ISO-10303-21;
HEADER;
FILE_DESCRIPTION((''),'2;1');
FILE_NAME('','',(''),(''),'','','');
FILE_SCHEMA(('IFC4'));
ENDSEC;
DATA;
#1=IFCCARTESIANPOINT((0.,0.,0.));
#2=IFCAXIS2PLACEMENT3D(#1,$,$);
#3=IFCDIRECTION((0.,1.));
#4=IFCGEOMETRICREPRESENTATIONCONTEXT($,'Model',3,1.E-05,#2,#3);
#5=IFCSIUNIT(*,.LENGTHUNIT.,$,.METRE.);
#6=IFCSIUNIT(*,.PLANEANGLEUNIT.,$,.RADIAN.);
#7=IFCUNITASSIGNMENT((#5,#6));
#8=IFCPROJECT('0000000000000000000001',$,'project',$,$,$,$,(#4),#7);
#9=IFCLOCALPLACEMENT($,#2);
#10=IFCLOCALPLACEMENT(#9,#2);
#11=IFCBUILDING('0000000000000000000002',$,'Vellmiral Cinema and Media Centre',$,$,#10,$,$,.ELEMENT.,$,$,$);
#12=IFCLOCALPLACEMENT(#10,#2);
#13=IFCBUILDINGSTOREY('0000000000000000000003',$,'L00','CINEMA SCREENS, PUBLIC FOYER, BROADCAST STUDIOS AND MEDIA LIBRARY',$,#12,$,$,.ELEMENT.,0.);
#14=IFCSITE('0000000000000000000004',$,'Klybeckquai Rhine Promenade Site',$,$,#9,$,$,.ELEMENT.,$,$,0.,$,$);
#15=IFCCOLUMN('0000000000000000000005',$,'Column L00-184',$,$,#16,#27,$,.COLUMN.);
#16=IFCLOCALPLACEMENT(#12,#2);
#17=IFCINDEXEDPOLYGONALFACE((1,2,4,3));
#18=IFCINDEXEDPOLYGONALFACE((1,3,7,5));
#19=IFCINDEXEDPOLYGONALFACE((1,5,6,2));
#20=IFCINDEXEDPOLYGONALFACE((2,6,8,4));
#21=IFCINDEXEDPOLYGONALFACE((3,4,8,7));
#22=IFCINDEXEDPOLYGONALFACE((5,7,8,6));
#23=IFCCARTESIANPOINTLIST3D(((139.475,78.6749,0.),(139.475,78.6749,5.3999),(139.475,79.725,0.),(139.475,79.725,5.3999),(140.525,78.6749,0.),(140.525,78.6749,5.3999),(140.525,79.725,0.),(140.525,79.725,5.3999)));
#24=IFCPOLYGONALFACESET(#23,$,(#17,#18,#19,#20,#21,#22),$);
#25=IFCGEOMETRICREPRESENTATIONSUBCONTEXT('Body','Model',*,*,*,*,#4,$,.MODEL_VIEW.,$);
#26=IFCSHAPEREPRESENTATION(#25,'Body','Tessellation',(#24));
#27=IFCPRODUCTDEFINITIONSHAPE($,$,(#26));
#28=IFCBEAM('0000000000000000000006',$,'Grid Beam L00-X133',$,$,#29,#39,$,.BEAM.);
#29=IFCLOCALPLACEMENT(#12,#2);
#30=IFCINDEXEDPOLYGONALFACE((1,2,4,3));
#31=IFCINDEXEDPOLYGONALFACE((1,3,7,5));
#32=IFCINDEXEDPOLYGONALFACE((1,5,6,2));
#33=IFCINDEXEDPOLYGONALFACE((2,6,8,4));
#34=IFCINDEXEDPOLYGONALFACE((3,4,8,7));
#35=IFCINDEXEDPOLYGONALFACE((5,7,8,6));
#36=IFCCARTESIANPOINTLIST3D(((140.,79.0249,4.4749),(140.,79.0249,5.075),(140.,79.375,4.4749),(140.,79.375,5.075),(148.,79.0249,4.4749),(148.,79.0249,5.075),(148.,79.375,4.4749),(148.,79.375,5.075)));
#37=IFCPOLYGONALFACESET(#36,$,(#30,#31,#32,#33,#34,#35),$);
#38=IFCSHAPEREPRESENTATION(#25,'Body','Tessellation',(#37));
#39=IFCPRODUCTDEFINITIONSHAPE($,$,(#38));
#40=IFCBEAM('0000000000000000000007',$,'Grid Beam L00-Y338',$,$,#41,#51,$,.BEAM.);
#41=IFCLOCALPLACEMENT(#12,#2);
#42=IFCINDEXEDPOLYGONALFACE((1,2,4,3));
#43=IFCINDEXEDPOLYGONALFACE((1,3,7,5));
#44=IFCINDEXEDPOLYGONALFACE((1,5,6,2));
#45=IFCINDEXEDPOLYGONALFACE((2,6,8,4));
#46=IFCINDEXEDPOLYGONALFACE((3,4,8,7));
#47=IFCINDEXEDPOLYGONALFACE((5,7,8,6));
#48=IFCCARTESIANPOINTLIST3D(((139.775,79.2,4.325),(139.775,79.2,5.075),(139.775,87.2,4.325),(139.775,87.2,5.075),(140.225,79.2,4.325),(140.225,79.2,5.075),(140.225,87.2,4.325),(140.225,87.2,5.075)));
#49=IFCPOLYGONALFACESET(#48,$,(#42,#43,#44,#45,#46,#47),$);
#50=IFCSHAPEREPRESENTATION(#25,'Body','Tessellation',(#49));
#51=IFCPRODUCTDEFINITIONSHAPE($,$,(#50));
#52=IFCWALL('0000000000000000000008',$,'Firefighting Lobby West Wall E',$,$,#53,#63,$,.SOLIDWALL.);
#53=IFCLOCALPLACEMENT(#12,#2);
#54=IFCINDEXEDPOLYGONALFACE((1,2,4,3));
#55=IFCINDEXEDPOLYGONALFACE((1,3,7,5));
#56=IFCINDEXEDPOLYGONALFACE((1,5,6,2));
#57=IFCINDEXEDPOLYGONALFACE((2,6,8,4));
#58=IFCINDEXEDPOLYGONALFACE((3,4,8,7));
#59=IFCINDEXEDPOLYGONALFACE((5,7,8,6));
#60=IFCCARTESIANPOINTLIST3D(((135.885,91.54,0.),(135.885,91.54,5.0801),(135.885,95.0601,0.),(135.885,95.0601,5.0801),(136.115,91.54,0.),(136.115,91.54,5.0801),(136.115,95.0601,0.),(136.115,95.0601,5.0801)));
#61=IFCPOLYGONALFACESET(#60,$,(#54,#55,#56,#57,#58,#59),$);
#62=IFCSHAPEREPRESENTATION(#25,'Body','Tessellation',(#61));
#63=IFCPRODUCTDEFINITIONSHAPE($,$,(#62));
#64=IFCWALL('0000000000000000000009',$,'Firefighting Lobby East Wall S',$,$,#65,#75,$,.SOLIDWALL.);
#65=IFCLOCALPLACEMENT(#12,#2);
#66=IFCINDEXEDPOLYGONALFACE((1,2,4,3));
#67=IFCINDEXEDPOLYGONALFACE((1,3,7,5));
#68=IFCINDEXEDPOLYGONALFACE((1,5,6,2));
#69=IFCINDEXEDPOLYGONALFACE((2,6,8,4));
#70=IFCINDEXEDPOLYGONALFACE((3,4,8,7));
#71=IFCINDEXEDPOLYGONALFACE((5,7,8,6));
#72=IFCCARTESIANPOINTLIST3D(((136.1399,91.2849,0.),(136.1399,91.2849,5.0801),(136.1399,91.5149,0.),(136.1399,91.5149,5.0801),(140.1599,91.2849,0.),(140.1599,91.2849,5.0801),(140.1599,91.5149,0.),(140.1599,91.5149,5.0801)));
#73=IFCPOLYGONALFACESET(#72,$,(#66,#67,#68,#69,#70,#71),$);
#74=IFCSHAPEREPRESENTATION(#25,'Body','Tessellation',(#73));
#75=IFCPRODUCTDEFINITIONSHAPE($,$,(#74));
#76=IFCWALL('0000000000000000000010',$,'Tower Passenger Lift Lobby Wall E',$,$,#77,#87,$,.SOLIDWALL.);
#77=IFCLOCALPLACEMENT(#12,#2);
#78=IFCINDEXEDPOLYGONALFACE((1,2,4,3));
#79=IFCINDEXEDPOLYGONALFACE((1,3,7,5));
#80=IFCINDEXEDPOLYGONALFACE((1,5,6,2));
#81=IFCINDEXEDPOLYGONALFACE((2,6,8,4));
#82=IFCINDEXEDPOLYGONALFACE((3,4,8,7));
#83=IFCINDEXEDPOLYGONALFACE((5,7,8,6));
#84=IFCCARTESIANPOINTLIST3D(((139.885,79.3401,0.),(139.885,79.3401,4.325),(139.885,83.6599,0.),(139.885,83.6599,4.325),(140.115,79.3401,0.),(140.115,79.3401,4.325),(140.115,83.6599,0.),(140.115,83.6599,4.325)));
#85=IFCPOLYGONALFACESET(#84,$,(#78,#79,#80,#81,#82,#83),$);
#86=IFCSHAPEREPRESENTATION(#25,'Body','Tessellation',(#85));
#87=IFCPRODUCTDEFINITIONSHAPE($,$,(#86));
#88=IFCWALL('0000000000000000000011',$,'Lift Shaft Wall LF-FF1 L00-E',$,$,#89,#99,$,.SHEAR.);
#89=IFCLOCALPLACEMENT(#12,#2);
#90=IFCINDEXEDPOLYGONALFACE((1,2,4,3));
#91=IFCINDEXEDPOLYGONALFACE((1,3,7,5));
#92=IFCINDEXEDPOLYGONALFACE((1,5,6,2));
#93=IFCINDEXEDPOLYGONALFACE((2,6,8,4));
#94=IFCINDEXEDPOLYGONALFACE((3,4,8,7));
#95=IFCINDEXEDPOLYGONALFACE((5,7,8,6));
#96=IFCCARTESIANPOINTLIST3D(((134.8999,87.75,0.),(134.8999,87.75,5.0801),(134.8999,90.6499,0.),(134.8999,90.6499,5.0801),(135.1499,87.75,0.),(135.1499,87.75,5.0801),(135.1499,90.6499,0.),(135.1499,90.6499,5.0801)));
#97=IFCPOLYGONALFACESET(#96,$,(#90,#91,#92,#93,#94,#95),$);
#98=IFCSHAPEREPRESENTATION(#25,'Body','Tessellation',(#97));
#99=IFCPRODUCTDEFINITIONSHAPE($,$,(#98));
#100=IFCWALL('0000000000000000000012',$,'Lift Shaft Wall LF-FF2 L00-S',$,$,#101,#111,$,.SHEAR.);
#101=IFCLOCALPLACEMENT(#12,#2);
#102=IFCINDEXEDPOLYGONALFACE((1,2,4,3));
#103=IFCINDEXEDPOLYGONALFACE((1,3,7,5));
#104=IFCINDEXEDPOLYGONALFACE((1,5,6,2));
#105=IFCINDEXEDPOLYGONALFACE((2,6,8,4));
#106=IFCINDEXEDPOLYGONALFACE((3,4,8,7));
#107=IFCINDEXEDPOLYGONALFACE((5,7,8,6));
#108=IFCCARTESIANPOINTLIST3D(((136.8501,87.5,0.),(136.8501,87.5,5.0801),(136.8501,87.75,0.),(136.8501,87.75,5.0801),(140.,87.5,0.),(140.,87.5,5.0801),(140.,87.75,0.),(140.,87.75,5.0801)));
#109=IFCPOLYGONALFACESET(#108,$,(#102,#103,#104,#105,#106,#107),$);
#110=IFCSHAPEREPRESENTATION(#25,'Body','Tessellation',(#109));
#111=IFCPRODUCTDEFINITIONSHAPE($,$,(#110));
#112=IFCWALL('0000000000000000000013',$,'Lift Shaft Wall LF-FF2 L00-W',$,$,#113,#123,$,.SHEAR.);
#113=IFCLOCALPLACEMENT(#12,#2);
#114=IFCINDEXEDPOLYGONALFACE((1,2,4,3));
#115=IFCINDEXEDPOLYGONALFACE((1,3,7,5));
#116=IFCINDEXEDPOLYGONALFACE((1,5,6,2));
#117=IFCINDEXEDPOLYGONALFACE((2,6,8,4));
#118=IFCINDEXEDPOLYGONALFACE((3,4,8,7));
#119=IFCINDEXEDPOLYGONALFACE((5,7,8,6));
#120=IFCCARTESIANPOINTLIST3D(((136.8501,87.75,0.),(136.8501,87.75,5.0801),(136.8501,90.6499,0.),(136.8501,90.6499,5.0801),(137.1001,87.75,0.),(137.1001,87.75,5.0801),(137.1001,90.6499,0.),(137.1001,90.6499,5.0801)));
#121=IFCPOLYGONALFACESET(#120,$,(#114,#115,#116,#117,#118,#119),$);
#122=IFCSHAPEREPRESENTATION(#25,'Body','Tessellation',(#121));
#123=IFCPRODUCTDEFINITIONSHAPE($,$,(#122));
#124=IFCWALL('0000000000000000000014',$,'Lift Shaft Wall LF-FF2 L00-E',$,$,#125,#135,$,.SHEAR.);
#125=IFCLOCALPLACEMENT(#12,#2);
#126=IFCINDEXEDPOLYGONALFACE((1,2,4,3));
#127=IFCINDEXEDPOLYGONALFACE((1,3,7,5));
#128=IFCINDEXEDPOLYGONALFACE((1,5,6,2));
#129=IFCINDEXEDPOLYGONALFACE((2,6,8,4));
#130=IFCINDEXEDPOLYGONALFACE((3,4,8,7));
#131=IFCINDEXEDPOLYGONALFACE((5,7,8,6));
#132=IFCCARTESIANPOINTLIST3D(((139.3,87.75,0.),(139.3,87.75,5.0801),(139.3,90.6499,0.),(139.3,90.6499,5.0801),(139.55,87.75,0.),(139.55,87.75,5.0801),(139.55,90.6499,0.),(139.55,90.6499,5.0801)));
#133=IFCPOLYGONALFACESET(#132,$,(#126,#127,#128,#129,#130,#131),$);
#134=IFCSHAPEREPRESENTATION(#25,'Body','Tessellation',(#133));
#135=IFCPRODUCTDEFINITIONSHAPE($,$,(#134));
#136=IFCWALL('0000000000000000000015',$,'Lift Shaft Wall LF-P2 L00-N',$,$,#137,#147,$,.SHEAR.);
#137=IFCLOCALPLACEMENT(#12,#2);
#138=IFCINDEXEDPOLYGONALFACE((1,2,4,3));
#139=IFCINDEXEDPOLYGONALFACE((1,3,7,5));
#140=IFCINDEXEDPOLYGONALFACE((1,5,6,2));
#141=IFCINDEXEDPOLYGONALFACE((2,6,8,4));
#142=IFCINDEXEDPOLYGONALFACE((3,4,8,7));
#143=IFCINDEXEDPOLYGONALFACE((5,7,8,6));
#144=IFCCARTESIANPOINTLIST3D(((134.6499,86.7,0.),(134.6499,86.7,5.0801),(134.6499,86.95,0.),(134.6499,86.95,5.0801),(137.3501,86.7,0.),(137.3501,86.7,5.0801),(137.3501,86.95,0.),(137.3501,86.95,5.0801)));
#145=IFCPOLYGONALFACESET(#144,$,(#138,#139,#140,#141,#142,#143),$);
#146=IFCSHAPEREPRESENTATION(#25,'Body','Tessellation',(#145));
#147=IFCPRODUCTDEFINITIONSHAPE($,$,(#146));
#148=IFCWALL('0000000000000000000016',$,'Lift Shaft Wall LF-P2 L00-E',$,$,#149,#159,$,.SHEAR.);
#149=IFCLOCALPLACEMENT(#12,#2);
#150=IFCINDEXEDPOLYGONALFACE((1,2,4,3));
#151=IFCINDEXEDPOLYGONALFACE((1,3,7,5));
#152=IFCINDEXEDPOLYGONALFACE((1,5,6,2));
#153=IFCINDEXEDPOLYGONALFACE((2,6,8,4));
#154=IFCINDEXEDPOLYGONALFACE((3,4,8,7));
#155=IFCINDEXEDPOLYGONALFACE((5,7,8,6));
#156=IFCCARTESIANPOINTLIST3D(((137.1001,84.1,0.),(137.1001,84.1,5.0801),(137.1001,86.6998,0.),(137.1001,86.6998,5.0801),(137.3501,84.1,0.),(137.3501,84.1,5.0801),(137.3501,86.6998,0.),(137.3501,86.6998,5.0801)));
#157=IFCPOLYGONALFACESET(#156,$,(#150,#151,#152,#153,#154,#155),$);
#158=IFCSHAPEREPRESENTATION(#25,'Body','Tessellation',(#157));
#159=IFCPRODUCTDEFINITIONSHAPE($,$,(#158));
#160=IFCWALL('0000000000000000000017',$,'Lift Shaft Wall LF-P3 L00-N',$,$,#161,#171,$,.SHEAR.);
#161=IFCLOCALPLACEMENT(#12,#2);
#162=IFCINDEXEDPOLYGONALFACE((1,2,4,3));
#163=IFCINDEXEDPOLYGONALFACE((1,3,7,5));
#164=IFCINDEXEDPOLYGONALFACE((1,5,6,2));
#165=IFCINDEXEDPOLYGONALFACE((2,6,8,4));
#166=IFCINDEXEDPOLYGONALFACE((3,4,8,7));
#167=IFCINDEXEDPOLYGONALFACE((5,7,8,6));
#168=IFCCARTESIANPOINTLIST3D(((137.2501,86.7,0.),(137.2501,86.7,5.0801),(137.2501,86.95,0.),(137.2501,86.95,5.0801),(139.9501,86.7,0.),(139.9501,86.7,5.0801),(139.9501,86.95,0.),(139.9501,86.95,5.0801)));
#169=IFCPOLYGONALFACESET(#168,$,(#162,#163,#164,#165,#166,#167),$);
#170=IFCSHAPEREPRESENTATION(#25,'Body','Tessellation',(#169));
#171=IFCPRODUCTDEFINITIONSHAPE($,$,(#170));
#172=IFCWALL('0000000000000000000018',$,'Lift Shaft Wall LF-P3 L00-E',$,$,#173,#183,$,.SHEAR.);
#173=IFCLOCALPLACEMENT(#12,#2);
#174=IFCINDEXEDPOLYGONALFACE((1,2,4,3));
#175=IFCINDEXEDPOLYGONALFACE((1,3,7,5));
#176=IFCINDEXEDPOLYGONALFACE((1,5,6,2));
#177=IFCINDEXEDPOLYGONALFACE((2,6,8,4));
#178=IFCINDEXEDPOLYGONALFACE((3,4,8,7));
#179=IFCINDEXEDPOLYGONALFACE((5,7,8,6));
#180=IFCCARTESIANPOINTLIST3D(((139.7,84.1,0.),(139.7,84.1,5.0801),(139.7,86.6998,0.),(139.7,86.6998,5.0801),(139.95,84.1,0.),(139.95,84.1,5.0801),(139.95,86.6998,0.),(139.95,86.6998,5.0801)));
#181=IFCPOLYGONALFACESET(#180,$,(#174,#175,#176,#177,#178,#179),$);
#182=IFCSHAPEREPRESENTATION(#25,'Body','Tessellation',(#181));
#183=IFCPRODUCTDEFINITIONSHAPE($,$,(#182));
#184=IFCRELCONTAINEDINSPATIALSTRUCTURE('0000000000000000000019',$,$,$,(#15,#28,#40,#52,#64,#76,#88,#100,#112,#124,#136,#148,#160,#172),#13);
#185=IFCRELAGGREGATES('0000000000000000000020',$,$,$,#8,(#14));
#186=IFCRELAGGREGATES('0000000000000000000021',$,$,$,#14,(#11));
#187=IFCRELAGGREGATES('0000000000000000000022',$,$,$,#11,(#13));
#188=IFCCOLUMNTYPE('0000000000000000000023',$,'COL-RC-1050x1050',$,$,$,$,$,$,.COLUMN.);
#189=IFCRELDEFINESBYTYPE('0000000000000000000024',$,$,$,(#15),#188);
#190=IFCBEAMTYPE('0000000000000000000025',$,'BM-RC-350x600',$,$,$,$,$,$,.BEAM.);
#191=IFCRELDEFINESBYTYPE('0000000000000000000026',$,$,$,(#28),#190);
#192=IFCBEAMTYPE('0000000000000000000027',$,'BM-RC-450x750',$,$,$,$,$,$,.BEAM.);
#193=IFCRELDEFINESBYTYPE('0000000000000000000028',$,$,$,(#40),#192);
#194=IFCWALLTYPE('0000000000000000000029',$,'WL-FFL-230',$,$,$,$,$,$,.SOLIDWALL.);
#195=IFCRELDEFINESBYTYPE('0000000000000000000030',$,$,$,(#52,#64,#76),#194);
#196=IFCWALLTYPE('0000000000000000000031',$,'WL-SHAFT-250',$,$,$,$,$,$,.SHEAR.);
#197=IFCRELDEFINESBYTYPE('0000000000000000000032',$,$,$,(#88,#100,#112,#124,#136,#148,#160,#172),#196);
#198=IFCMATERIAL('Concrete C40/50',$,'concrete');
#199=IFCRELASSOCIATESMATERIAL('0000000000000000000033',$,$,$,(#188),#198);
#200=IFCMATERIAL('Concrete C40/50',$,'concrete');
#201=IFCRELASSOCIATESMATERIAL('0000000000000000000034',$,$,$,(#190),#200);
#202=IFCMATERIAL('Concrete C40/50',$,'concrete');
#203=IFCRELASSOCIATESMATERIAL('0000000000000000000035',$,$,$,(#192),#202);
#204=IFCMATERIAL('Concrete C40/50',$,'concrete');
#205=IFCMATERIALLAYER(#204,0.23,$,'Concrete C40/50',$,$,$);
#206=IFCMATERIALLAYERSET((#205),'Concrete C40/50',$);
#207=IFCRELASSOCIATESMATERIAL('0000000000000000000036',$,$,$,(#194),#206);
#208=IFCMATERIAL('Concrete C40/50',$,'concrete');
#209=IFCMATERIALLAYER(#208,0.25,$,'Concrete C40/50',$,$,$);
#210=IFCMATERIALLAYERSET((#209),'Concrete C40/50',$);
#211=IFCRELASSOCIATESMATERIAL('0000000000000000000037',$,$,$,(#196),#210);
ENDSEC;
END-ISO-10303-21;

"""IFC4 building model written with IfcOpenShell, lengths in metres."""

from ifc_helpers import new_model, si_unit, direction, frame, frame_2d, origin, origin_2d, place, context, subcontext, project, spatial, rectangle, extrude, material, layer, layer_set, material_profile, profile_set, type_object, element, save


model = new_model("IFC4")

# Units and contexts
model_context = context("Model", 3, precision=1e-05, world=origin(), true_north=direction((0.0, 1.0)))
body_context = subcontext(model_context, "Body", "Model", "MODEL_VIEW")
ifc_project = project(units=[si_unit("LENGTHUNIT", "METRE"), si_unit("PLANEANGLEUNIT", "RADIAN")], contexts=[model_context])

# Site, building, storey
site_placement = place(None, origin())
site = spatial("IfcSite", under=ifc_project, at=site_placement, Name="Klybeckquai Rhine Promenade Site", CompositionType="ELEMENT", RefElevation=0.0)
building_placement = place(site_placement, origin())
building = spatial("IfcBuilding", under=site, at=building_placement, Name="Vellmiral Cinema and Media Centre", CompositionType="ELEMENT")
storey_placement = place(building_placement, origin())
storey = spatial("IfcBuildingStorey", under=building, at=storey_placement, Name="L00", Description="CINEMA SCREENS, PUBLIC FOYER, BROADCAST STUDIOS AND MEDIA LIBRARY", CompositionType="ELEMENT", Elevation=0.0)

# Column
ifc_material_1 = material(Name="Concrete C40/50", Category="concrete")
ifc_material_profile_1 = material_profile(ifc_material_1, rectangle(XDim=1.05, YDim=1.05, at=origin_2d()), Name="RC 1050x1050")
ifc_profile_set_1 = profile_set([ifc_material_profile_1], Name="Concrete C40/50")
column_type = type_object("IfcColumnType", Name="COL-RC-1050x1050", PredefinedType="COLUMN", material=ifc_profile_set_1)
column_placement = place(storey_placement, frame((140.0, 79.2, 0.0), z_axis=(0.0, 0.0, 1.0), x_axis=(1.0, 0.0, 0.0)))
element("IfcColumn", 1, at=column_placement, inside=storey, type_object=column_type, Name="Column L00-184", PredefinedType="COLUMN", context=body_context, shape_type="SweptSolid", body=[
    extrude(rectangle(XDim=1.05, YDim=1.05, at=origin_2d()), origin(), (0.0, 0.0, 1.0), 5.3999),
])

# Beams
ifc_material_2 = material(Name="Concrete C40/50", Category="concrete")
ifc_material_profile_2 = material_profile(ifc_material_2, rectangle(XDim=0.3501, YDim=0.6001, at=origin_2d()), Name="RC 350x600")
ifc_profile_set_2 = profile_set([ifc_material_profile_2], Name="Concrete C40/50")
beam_type_1 = type_object("IfcBeamType", Name="BM-RC-350x600", PredefinedType="BEAM", material=ifc_profile_set_2)
beam_1_placement = place(storey_placement, frame((140.0, 79.2, 4.7749), z_axis=(1.0, 0.0, 0.0), x_axis=(0.0, 1.0, 0.0)))
element("IfcBeam", 2, at=beam_1_placement, inside=storey, type_object=beam_type_1, Name="Grid Beam L00-X133", PredefinedType="BEAM", context=body_context, shape_type="SweptSolid", body=[
    extrude(rectangle(XDim=0.3501, YDim=0.6001, at=origin_2d()), origin(), (0.0, 0.0, 1.0), 8.0),
])
ifc_material_3 = material(Name="Concrete C40/50", Category="concrete")
ifc_material_profile_3 = material_profile(ifc_material_3, rectangle(XDim=0.45, YDim=0.75, at=origin_2d()), Name="RC 450x750")
ifc_profile_set_3 = profile_set([ifc_material_profile_3], Name="Concrete C40/50")
beam_type_2 = type_object("IfcBeamType", Name="BM-RC-450x750", PredefinedType="BEAM", material=ifc_profile_set_3)
beam_2_placement = place(storey_placement, frame((140.0, 79.2, 4.7), z_axis=(0.0, 1.0, 0.0), x_axis=(-1.0, 0.0, 0.0)))
element("IfcBeam", 3, at=beam_2_placement, inside=storey, type_object=beam_type_2, Name="Grid Beam L00-Y338", PredefinedType="BEAM", context=body_context, shape_type="SweptSolid", body=[
    extrude(rectangle(XDim=0.45, YDim=0.75, at=origin_2d()), origin(), (0.0, 0.0, 1.0), 8.0),
])

# Walls
ifc_material_4 = material(Name="Concrete C40/50", Category="concrete")
ifc_layer_1 = layer(ifc_material_4, 0.23, Name="Concrete C40/50")
ifc_layer_set_1 = layer_set([ifc_layer_1], Name="Concrete C40/50")
wall_type_1 = type_object("IfcWallType", Name="WL-FFL-230", PredefinedType="SOLIDWALL", material=ifc_layer_set_1)
wall_1_placement = place(storey_placement, frame((136.0, 91.54, 0.0), z_axis=(0.0, 0.0, 1.0), x_axis=(0.0, 1.0, 0.0)))
element("IfcWall", 4, at=wall_1_placement, inside=storey, type_object=wall_type_1, Name="Firefighting Lobby West Wall E", PredefinedType="SOLIDWALL", context=body_context, shape_type="SweptSolid", body=[
    extrude(rectangle(XDim=3.52, YDim=0.23, at=frame_2d((1.76, 0.0))), origin(), (0.0, 0.0, 1.0), 5.0801),
])
wall_2_placement = place(storey_placement, frame((136.1399, 91.3999, 0.0), z_axis=(0.0, 0.0, 1.0), x_axis=(1.0, 0.0, 0.0)))
element("IfcWall", 5, at=wall_2_placement, inside=storey, type_object=wall_type_1, Name="Firefighting Lobby East Wall S", PredefinedType="SOLIDWALL", context=body_context, shape_type="SweptSolid", body=[
    extrude(rectangle(XDim=4.02, YDim=0.23, at=frame_2d((2.01, 0.0))), origin(), (0.0, 0.0, 1.0), 5.0801),
])
wall_3_placement = place(storey_placement, frame((140.0, 79.3401, 0.0), z_axis=(0.0, 0.0, 1.0), x_axis=(0.0, 1.0, 0.0)))
element("IfcWall", 6, at=wall_3_placement, inside=storey, type_object=wall_type_1, Name="Tower Passenger Lift Lobby Wall E", PredefinedType="SOLIDWALL", context=body_context, shape_type="SweptSolid", body=[
    extrude(rectangle(XDim=4.3198, YDim=0.23, at=frame_2d((2.1599, 0.0))), origin(), (0.0, 0.0, 1.0), 4.325),
])
ifc_material_5 = material(Name="Concrete C40/50", Category="concrete")
ifc_layer_2 = layer(ifc_material_5, 0.25, Name="Concrete C40/50")
ifc_layer_set_2 = layer_set([ifc_layer_2], Name="Concrete C40/50")
wall_type_2 = type_object("IfcWallType", Name="WL-SHAFT-250", PredefinedType="SHEAR", material=ifc_layer_set_2)
wall_4_placement = place(storey_placement, frame((135.0249, 87.75, 0.0), z_axis=(0.0, 0.0, 1.0), x_axis=(0.0, 1.0, 0.0)))
element("IfcWall", 7, at=wall_4_placement, inside=storey, type_object=wall_type_2, Name="Lift Shaft Wall LF-FF1 L00-E", PredefinedType="SHEAR", context=body_context, shape_type="SweptSolid", body=[
    extrude(rectangle(XDim=2.8999, YDim=0.25, at=frame_2d((1.45, 0.0))), origin(), (0.0, 0.0, 1.0), 5.0801),
])
wall_5_placement = place(storey_placement, frame((136.8501, 87.625, 0.0), z_axis=(0.0, 0.0, 1.0), x_axis=(1.0, 0.0, 0.0)))
element("IfcWall", 8, at=wall_5_placement, inside=storey, type_object=wall_type_2, Name="Lift Shaft Wall LF-FF2 L00-S", PredefinedType="SHEAR", context=body_context, shape_type="SweptSolid", body=[
    extrude(rectangle(XDim=3.1499, YDim=0.25, at=frame_2d((1.575, 0.0))), origin(), (0.0, 0.0, 1.0), 5.0801),
])

# Walls
for number, where, z_axis, x_axis, name in (
    (9, (136.9751, 87.75, 0.0), (0.0, 0.0, 1.0), (0.0, 1.0, 0.0), "Lift Shaft Wall LF-FF2 L00-W"),
    (10, (139.425, 87.75, 0.0), (0.0, 0.0, 1.0), (0.0, 1.0, 0.0), "Lift Shaft Wall LF-FF2 L00-E"),
):
    element("IfcWall", number, at=place(storey_placement, frame(where, z_axis=z_axis, x_axis=x_axis)), inside=storey, type_object=wall_type_2, Name=name, PredefinedType="SHEAR", context=body_context, shape_type="SweptSolid", body=[
        extrude(rectangle(XDim=2.8999, YDim=0.25, at=frame_2d((1.45, 0.0))), origin(), (0.0, 0.0, 1.0), 5.0801),
    ])

# Walls
wall_6_placement = place(storey_placement, frame((134.6499, 86.825, 0.0), z_axis=(0.0, 0.0, 1.0), x_axis=(1.0, 0.0, 0.0)))
element("IfcWall", 11, at=wall_6_placement, inside=storey, type_object=wall_type_2, Name="Lift Shaft Wall LF-P2 L00-N", PredefinedType="SHEAR", context=body_context, shape_type="SweptSolid", body=[
    extrude(rectangle(XDim=2.7002, YDim=0.25, at=frame_2d((1.3501, 0.0))), origin(), (0.0, 0.0, 1.0), 5.0801),
])
wall_7_placement = place(storey_placement, frame((137.2251, 84.1001, 0.0), z_axis=(0.0, 0.0, 1.0), x_axis=(0.0, 1.0, 0.0)))
element("IfcWall", 12, at=wall_7_placement, inside=storey, type_object=wall_type_2, Name="Lift Shaft Wall LF-P2 L00-E", PredefinedType="SHEAR", context=body_context, shape_type="SweptSolid", body=[
    extrude(rectangle(XDim=2.5999, YDim=0.25, at=frame_2d((1.2998, 0.0))), origin(), (0.0, 0.0, 1.0), 5.0801),
])

# Walls
wall_8_placement = place(storey_placement, frame((137.25, 86.825, 0.0), z_axis=(0.0, 0.0, 1.0), x_axis=(1.0, 0.0, 0.0)))
element("IfcWall", 13, at=wall_8_placement, inside=storey, type_object=wall_type_2, Name="Lift Shaft Wall LF-P3 L00-N", PredefinedType="SHEAR", context=body_context, shape_type="SweptSolid", body=[
    extrude(rectangle(XDim=2.7, YDim=0.25, at=frame_2d((1.3501, 0.0))), origin(), (0.0, 0.0, 1.0), 5.0801),
])
wall_9_placement = place(storey_placement, frame((139.825, 84.1001, 0.0), z_axis=(0.0, 0.0, 1.0), x_axis=(0.0, 1.0, 0.0)))
element("IfcWall", 14, at=wall_9_placement, inside=storey, type_object=wall_type_2, Name="Lift Shaft Wall LF-P3 L00-E", PredefinedType="SHEAR", context=body_context, shape_type="SweptSolid", body=[
    extrude(rectangle(XDim=2.5999, YDim=0.25, at=frame_2d((1.2998, 0.0))), origin(), (0.0, 0.0, 1.0), 5.0801),
])

save(model, "model.ifc")
